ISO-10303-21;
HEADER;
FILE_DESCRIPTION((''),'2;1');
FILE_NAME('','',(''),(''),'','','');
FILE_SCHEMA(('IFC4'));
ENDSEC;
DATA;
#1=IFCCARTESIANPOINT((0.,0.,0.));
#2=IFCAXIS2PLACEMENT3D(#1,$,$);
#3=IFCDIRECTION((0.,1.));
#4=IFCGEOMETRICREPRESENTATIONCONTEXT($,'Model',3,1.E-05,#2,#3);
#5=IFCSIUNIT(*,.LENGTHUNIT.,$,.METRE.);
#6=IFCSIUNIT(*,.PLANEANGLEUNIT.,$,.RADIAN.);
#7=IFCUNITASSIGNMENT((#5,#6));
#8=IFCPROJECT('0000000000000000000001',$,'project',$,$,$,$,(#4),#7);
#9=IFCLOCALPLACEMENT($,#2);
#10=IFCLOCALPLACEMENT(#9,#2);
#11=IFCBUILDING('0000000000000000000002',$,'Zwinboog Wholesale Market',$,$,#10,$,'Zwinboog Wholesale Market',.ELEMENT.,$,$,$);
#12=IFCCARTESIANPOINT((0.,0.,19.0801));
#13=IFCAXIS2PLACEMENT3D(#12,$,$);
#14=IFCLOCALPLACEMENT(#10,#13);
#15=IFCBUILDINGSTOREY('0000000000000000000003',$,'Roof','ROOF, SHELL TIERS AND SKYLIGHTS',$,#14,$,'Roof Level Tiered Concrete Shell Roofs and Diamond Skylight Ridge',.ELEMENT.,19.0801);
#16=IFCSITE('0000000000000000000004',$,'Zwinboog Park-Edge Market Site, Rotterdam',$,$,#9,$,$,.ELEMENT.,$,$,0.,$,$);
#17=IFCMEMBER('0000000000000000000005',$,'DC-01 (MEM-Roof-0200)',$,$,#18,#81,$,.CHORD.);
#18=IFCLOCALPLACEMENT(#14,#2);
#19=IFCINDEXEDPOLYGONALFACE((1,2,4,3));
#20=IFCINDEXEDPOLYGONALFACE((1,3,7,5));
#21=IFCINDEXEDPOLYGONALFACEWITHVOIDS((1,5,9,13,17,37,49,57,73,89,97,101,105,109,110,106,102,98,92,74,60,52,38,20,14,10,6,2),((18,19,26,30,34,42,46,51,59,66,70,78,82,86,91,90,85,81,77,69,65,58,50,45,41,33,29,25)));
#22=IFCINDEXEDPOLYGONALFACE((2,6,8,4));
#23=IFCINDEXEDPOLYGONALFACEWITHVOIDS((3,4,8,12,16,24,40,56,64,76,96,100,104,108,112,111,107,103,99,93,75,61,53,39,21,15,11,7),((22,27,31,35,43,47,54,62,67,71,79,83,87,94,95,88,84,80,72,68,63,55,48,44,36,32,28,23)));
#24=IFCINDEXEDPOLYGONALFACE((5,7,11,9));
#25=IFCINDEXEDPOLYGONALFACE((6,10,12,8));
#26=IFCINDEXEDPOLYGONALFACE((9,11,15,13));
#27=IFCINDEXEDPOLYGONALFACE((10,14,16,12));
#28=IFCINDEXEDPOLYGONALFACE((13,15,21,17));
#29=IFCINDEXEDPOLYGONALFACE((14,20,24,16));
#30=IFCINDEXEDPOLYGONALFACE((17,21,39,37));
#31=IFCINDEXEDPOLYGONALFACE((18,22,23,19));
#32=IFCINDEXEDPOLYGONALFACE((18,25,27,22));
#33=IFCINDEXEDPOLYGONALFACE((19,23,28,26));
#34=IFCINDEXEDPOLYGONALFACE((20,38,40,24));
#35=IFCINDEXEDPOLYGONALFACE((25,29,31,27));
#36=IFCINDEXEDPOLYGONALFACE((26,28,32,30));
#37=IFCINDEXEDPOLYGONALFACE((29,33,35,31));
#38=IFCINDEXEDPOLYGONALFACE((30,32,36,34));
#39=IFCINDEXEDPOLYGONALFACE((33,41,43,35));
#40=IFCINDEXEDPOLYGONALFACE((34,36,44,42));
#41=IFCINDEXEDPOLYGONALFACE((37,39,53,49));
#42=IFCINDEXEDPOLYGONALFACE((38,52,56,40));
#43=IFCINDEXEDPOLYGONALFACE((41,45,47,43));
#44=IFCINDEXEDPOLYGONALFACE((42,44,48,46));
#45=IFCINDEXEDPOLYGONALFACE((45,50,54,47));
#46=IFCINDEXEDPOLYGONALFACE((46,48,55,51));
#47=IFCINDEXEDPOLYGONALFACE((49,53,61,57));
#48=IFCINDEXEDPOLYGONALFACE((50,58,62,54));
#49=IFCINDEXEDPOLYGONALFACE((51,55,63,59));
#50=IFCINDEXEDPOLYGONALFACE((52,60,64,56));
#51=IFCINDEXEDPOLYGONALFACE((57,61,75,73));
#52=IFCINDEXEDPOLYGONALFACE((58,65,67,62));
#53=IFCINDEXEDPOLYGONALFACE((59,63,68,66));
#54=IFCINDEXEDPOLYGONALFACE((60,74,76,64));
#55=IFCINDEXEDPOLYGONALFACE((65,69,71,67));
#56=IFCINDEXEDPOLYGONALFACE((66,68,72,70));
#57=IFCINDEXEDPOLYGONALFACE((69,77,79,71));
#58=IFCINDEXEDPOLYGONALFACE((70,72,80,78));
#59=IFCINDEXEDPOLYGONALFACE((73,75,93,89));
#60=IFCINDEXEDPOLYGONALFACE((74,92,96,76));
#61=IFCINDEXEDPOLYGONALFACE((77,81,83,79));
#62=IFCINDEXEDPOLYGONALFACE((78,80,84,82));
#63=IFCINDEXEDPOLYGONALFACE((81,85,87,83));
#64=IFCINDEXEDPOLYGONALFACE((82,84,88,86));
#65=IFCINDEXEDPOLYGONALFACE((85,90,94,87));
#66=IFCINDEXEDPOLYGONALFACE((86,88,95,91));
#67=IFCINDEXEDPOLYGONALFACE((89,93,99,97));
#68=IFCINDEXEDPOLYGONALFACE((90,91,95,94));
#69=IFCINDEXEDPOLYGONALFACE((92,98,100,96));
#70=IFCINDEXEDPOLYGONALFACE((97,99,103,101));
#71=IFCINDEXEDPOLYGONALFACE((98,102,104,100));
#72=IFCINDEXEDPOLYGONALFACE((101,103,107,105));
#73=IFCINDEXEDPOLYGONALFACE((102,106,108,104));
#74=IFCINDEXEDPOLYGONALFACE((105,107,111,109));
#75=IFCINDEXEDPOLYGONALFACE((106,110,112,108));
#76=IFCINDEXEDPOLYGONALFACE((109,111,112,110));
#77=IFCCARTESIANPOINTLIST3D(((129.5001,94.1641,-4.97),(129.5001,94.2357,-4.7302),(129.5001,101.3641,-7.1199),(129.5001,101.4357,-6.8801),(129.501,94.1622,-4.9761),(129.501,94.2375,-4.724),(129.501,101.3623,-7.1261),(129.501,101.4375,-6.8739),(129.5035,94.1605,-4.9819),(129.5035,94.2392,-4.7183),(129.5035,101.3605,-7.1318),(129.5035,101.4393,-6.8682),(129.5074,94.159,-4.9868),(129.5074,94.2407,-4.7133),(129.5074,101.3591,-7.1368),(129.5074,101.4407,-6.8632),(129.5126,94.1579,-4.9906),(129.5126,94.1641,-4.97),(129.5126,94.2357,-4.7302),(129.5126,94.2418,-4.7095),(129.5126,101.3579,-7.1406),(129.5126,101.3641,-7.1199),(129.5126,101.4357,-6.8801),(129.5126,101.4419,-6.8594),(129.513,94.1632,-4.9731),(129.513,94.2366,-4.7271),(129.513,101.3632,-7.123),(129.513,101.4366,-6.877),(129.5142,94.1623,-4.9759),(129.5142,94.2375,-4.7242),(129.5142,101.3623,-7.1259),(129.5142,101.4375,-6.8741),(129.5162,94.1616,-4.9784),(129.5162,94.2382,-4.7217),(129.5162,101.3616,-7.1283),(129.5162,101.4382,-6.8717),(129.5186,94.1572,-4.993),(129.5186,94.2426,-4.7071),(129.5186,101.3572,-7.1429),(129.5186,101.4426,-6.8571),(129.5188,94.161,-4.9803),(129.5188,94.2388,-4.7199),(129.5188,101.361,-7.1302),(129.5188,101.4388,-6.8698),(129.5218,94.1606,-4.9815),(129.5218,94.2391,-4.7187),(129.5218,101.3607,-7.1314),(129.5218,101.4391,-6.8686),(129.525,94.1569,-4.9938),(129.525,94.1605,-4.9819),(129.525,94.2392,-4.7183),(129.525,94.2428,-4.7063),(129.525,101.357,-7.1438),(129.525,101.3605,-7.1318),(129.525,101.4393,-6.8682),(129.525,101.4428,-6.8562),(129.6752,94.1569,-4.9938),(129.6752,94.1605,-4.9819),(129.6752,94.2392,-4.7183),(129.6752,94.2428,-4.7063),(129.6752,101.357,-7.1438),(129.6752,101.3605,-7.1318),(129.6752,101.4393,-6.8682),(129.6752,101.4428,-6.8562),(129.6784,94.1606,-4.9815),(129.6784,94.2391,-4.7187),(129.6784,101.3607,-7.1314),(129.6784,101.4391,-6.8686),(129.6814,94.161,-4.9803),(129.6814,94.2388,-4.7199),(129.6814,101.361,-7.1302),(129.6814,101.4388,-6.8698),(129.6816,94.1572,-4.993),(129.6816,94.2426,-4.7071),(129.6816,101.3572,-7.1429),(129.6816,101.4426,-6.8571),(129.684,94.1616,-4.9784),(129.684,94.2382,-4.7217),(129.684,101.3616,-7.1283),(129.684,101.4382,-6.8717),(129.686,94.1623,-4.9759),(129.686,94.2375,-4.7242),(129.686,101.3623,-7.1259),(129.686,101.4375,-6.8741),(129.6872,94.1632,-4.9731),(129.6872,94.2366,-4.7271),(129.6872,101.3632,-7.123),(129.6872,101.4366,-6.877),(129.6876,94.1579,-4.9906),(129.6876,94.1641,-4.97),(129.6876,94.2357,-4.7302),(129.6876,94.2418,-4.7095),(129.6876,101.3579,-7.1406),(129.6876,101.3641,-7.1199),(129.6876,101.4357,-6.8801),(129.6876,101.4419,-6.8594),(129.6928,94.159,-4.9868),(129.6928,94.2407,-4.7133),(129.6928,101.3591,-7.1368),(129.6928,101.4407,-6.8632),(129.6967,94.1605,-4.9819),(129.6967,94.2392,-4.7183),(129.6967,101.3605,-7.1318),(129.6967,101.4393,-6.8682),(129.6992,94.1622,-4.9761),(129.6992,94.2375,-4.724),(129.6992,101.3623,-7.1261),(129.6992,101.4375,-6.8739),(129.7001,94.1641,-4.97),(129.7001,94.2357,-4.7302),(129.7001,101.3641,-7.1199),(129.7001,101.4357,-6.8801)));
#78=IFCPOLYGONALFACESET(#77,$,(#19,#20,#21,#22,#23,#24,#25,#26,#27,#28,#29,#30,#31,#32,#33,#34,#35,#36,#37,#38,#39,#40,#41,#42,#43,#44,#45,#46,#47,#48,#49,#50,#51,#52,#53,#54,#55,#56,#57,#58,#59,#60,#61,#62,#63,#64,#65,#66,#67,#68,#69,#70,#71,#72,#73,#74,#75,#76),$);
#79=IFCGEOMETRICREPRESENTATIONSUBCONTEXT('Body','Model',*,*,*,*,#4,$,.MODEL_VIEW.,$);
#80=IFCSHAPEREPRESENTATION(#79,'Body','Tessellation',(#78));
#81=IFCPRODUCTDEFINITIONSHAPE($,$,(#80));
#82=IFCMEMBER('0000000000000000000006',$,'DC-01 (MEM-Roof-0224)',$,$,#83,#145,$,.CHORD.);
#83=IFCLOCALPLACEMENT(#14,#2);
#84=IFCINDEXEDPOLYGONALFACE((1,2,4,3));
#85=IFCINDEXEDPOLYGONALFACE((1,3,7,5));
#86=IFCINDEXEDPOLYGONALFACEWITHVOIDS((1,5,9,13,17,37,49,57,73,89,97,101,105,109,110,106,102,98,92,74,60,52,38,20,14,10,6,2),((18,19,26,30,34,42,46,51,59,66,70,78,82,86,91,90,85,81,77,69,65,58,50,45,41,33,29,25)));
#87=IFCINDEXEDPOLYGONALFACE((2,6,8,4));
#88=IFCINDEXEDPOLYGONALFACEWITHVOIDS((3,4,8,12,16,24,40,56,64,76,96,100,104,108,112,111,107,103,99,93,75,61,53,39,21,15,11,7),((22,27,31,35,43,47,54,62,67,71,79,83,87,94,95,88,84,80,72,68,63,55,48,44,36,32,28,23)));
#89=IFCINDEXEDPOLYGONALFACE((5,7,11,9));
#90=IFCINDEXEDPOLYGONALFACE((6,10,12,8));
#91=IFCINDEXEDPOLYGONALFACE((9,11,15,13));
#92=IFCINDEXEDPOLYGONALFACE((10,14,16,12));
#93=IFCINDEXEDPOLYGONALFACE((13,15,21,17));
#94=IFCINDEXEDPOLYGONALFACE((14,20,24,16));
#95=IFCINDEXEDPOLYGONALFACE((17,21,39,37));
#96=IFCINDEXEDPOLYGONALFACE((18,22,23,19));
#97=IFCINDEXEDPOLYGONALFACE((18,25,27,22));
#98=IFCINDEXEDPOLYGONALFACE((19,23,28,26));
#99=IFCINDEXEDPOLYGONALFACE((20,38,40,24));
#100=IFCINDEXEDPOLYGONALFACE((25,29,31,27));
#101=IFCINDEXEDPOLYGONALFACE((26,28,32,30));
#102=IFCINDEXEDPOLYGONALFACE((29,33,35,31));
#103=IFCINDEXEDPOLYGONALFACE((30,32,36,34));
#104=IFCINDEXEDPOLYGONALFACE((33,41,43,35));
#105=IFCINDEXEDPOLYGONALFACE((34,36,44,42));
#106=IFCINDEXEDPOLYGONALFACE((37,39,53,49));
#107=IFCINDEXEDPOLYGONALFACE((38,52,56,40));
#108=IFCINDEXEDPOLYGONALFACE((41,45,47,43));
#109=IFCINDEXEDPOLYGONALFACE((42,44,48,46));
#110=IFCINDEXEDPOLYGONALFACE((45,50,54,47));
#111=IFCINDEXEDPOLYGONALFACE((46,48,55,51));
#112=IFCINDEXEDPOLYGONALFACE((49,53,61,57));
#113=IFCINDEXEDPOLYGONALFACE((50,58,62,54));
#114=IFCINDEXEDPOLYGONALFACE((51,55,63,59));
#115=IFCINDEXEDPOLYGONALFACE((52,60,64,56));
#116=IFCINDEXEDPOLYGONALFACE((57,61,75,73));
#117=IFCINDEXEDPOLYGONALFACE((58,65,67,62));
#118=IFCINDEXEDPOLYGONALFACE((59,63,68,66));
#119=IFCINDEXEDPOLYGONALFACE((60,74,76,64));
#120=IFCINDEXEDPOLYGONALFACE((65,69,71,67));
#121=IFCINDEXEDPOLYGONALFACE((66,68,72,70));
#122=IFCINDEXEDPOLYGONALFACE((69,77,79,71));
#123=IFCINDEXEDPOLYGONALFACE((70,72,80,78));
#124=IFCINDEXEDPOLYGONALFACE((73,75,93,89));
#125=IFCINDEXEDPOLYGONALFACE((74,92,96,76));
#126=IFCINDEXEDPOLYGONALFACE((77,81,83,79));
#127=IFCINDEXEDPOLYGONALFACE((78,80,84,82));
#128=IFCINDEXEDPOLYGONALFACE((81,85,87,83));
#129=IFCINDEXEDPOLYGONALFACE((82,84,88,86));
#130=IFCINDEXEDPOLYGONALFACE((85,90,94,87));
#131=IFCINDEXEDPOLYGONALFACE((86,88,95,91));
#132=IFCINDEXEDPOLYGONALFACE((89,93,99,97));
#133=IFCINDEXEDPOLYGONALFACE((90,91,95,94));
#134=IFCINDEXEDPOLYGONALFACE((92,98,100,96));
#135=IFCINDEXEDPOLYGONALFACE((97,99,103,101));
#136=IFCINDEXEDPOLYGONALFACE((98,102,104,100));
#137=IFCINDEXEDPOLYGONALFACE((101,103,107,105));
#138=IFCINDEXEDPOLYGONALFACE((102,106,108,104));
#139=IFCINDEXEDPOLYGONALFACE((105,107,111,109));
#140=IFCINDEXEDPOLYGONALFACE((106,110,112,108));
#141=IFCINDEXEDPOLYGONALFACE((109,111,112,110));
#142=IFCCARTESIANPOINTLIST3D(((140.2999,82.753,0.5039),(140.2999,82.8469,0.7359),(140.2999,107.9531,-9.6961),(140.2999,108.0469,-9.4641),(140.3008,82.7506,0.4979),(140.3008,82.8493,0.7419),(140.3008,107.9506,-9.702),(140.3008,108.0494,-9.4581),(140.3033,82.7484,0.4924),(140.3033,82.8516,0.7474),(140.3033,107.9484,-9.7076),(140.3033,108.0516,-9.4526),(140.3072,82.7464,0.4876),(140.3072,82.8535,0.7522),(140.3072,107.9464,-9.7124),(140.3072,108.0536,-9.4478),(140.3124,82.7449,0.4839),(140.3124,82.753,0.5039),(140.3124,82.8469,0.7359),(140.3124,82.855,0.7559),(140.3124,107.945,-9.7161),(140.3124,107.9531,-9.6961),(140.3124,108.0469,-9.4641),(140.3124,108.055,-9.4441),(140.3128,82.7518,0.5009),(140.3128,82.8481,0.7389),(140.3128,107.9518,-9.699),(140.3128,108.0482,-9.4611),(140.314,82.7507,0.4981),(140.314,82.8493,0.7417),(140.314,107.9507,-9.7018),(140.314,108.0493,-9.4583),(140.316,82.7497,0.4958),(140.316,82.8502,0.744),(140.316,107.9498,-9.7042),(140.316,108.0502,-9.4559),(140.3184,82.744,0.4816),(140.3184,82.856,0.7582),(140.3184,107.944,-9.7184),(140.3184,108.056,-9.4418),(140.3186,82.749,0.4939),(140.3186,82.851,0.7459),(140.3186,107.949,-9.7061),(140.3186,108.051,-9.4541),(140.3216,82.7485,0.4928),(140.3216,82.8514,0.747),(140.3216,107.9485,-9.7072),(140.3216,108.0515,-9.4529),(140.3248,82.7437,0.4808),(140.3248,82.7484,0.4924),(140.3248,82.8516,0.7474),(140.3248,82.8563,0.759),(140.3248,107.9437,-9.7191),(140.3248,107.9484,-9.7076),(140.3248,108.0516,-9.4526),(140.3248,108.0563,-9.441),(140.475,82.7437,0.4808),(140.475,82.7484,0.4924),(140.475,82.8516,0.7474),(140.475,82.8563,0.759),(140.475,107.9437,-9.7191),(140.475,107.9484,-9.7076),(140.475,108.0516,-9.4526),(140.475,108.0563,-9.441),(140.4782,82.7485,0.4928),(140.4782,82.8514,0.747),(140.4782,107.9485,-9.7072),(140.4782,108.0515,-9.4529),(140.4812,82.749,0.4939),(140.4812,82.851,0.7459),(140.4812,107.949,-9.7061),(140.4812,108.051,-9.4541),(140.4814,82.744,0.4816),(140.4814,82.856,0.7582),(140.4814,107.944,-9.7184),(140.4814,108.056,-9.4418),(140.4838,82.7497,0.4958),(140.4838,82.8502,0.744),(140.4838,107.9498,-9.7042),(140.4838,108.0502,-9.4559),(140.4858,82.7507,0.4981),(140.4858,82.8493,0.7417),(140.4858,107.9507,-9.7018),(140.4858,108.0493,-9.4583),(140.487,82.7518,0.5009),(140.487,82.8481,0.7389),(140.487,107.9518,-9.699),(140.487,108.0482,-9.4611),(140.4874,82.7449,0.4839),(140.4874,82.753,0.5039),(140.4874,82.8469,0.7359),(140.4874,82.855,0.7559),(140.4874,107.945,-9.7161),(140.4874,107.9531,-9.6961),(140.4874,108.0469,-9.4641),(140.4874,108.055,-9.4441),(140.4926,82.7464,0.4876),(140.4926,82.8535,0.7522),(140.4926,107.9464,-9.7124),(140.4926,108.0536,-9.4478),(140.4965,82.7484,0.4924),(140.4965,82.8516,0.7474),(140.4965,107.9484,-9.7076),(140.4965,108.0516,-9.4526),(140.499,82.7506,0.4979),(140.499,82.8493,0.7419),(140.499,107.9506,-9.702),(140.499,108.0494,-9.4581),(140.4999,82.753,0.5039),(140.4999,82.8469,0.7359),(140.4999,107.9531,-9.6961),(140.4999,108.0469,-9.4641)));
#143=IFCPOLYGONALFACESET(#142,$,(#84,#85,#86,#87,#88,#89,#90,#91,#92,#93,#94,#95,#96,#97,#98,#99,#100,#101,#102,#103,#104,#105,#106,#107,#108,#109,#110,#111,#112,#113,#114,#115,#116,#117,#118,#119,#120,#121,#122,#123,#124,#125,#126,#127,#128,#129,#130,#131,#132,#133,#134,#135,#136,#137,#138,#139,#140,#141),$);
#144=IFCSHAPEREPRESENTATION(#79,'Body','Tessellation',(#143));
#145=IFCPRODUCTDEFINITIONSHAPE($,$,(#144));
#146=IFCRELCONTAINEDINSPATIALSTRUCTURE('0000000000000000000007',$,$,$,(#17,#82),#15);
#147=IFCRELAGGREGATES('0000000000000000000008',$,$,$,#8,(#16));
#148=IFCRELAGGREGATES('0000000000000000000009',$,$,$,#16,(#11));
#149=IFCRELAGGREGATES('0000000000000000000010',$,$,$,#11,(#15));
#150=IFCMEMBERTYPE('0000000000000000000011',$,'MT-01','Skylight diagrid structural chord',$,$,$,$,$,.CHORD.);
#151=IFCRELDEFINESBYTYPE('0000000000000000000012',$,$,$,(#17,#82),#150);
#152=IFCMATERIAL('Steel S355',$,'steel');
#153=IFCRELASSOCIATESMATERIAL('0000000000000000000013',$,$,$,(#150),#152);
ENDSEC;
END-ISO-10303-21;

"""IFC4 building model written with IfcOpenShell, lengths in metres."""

from ifc_helpers import new_model, si_unit, direction, frame, origin, origin_2d, place, context, subcontext, project, spatial, hollow_rectangle, extrude, material, material_profile, profile_set, type_object, element, save


model = new_model("IFC4")

# Units and contexts
model_context = context("Model", 3, precision=1e-05, world=origin(), true_north=direction((0.0, 1.0)))
body_context = subcontext(model_context, "Body", "Model", "MODEL_VIEW")
ifc_project = project(units=[si_unit("LENGTHUNIT", "METRE"), si_unit("PLANEANGLEUNIT", "RADIAN")], contexts=[model_context])

# Site, building, storey
site_placement = place(None, origin())
site = spatial("IfcSite", under=ifc_project, at=site_placement, Name="Zwinboog Park-Edge Market Site, Rotterdam", CompositionType="ELEMENT", RefElevation=0.0)
building_placement = place(site_placement, origin())
building = spatial("IfcBuilding", under=site, at=building_placement, Name="Zwinboog Wholesale Market", LongName="Zwinboog Wholesale Market", CompositionType="ELEMENT")
storey_placement = place(building_placement, frame((0.0, 0.0, 19.0801)))
storey = spatial("IfcBuildingStorey", under=building, at=storey_placement, Name="Roof", Description="ROOF, SHELL TIERS AND SKYLIGHTS", LongName="Roof Level Tiered Concrete Shell Roofs and Diamond Skylight Ridge", CompositionType="ELEMENT", Elevation=19.0801)

# Members
ifc_material_1 = material(Name="Steel S355", Category="steel")
ifc_material_profile_1 = material_profile(ifc_material_1, hollow_rectangle(XDim=0.2, YDim=0.3, WallThickness=0.0125, InnerFilletRadius=0.0125, OuterFilletRadius=0.0249, at=origin_2d()), Name="RHS 300x200x12.5")
ifc_profile_set_1 = profile_set([ifc_material_profile_1], Name="Steel S355")
member_type_1 = type_object("IfcMemberType", Name="MT-01", Description="Skylight diagrid structural chord", PredefinedType="CHORD", material=ifc_profile_set_1)
for number, where, z_axis, x_axis, name in (
    (1, (129.6001, 101.3999, -7.0), (0.0, -0.958195, 0.286117), (1.0, 0.0, 0.0), "DC-01 (MEM-Roof-0200)"),
):
    element("IfcMember", number, at=place(storey_placement, frame(where, z_axis=z_axis, x_axis=x_axis)), inside=storey, type_object=member_type_1, Name=name, PredefinedType="CHORD", context=body_context, shape_type="SweptSolid", body=[
        extrude(hollow_rectangle(XDim=0.2, YDim=0.3, WallThickness=0.0125, InnerFilletRadius=0.0125, OuterFilletRadius=0.0249, at=origin_2d()), origin(), (0.0, 0.0, 1.0), 7.5142),
    ])
member_1_placement = place(storey_placement, frame((140.3999, 108.0, -9.5801), z_axis=(0.0, -0.926947, 0.375192), x_axis=(1.0, 0.0, 0.0)))
element("IfcMember", 2, at=member_1_placement, inside=storey, type_object=member_type_1, Name="DC-01 (MEM-Roof-0224)", PredefinedType="CHORD", context=body_context, shape_type="SweptSolid", body=[
    extrude(hollow_rectangle(XDim=0.2, YDim=0.3, WallThickness=0.0125, InnerFilletRadius=0.0125, OuterFilletRadius=0.0249, at=origin_2d()), origin(), (0.0, 0.0, 1.0), 27.186),
])

save(model, "model.ifc")
